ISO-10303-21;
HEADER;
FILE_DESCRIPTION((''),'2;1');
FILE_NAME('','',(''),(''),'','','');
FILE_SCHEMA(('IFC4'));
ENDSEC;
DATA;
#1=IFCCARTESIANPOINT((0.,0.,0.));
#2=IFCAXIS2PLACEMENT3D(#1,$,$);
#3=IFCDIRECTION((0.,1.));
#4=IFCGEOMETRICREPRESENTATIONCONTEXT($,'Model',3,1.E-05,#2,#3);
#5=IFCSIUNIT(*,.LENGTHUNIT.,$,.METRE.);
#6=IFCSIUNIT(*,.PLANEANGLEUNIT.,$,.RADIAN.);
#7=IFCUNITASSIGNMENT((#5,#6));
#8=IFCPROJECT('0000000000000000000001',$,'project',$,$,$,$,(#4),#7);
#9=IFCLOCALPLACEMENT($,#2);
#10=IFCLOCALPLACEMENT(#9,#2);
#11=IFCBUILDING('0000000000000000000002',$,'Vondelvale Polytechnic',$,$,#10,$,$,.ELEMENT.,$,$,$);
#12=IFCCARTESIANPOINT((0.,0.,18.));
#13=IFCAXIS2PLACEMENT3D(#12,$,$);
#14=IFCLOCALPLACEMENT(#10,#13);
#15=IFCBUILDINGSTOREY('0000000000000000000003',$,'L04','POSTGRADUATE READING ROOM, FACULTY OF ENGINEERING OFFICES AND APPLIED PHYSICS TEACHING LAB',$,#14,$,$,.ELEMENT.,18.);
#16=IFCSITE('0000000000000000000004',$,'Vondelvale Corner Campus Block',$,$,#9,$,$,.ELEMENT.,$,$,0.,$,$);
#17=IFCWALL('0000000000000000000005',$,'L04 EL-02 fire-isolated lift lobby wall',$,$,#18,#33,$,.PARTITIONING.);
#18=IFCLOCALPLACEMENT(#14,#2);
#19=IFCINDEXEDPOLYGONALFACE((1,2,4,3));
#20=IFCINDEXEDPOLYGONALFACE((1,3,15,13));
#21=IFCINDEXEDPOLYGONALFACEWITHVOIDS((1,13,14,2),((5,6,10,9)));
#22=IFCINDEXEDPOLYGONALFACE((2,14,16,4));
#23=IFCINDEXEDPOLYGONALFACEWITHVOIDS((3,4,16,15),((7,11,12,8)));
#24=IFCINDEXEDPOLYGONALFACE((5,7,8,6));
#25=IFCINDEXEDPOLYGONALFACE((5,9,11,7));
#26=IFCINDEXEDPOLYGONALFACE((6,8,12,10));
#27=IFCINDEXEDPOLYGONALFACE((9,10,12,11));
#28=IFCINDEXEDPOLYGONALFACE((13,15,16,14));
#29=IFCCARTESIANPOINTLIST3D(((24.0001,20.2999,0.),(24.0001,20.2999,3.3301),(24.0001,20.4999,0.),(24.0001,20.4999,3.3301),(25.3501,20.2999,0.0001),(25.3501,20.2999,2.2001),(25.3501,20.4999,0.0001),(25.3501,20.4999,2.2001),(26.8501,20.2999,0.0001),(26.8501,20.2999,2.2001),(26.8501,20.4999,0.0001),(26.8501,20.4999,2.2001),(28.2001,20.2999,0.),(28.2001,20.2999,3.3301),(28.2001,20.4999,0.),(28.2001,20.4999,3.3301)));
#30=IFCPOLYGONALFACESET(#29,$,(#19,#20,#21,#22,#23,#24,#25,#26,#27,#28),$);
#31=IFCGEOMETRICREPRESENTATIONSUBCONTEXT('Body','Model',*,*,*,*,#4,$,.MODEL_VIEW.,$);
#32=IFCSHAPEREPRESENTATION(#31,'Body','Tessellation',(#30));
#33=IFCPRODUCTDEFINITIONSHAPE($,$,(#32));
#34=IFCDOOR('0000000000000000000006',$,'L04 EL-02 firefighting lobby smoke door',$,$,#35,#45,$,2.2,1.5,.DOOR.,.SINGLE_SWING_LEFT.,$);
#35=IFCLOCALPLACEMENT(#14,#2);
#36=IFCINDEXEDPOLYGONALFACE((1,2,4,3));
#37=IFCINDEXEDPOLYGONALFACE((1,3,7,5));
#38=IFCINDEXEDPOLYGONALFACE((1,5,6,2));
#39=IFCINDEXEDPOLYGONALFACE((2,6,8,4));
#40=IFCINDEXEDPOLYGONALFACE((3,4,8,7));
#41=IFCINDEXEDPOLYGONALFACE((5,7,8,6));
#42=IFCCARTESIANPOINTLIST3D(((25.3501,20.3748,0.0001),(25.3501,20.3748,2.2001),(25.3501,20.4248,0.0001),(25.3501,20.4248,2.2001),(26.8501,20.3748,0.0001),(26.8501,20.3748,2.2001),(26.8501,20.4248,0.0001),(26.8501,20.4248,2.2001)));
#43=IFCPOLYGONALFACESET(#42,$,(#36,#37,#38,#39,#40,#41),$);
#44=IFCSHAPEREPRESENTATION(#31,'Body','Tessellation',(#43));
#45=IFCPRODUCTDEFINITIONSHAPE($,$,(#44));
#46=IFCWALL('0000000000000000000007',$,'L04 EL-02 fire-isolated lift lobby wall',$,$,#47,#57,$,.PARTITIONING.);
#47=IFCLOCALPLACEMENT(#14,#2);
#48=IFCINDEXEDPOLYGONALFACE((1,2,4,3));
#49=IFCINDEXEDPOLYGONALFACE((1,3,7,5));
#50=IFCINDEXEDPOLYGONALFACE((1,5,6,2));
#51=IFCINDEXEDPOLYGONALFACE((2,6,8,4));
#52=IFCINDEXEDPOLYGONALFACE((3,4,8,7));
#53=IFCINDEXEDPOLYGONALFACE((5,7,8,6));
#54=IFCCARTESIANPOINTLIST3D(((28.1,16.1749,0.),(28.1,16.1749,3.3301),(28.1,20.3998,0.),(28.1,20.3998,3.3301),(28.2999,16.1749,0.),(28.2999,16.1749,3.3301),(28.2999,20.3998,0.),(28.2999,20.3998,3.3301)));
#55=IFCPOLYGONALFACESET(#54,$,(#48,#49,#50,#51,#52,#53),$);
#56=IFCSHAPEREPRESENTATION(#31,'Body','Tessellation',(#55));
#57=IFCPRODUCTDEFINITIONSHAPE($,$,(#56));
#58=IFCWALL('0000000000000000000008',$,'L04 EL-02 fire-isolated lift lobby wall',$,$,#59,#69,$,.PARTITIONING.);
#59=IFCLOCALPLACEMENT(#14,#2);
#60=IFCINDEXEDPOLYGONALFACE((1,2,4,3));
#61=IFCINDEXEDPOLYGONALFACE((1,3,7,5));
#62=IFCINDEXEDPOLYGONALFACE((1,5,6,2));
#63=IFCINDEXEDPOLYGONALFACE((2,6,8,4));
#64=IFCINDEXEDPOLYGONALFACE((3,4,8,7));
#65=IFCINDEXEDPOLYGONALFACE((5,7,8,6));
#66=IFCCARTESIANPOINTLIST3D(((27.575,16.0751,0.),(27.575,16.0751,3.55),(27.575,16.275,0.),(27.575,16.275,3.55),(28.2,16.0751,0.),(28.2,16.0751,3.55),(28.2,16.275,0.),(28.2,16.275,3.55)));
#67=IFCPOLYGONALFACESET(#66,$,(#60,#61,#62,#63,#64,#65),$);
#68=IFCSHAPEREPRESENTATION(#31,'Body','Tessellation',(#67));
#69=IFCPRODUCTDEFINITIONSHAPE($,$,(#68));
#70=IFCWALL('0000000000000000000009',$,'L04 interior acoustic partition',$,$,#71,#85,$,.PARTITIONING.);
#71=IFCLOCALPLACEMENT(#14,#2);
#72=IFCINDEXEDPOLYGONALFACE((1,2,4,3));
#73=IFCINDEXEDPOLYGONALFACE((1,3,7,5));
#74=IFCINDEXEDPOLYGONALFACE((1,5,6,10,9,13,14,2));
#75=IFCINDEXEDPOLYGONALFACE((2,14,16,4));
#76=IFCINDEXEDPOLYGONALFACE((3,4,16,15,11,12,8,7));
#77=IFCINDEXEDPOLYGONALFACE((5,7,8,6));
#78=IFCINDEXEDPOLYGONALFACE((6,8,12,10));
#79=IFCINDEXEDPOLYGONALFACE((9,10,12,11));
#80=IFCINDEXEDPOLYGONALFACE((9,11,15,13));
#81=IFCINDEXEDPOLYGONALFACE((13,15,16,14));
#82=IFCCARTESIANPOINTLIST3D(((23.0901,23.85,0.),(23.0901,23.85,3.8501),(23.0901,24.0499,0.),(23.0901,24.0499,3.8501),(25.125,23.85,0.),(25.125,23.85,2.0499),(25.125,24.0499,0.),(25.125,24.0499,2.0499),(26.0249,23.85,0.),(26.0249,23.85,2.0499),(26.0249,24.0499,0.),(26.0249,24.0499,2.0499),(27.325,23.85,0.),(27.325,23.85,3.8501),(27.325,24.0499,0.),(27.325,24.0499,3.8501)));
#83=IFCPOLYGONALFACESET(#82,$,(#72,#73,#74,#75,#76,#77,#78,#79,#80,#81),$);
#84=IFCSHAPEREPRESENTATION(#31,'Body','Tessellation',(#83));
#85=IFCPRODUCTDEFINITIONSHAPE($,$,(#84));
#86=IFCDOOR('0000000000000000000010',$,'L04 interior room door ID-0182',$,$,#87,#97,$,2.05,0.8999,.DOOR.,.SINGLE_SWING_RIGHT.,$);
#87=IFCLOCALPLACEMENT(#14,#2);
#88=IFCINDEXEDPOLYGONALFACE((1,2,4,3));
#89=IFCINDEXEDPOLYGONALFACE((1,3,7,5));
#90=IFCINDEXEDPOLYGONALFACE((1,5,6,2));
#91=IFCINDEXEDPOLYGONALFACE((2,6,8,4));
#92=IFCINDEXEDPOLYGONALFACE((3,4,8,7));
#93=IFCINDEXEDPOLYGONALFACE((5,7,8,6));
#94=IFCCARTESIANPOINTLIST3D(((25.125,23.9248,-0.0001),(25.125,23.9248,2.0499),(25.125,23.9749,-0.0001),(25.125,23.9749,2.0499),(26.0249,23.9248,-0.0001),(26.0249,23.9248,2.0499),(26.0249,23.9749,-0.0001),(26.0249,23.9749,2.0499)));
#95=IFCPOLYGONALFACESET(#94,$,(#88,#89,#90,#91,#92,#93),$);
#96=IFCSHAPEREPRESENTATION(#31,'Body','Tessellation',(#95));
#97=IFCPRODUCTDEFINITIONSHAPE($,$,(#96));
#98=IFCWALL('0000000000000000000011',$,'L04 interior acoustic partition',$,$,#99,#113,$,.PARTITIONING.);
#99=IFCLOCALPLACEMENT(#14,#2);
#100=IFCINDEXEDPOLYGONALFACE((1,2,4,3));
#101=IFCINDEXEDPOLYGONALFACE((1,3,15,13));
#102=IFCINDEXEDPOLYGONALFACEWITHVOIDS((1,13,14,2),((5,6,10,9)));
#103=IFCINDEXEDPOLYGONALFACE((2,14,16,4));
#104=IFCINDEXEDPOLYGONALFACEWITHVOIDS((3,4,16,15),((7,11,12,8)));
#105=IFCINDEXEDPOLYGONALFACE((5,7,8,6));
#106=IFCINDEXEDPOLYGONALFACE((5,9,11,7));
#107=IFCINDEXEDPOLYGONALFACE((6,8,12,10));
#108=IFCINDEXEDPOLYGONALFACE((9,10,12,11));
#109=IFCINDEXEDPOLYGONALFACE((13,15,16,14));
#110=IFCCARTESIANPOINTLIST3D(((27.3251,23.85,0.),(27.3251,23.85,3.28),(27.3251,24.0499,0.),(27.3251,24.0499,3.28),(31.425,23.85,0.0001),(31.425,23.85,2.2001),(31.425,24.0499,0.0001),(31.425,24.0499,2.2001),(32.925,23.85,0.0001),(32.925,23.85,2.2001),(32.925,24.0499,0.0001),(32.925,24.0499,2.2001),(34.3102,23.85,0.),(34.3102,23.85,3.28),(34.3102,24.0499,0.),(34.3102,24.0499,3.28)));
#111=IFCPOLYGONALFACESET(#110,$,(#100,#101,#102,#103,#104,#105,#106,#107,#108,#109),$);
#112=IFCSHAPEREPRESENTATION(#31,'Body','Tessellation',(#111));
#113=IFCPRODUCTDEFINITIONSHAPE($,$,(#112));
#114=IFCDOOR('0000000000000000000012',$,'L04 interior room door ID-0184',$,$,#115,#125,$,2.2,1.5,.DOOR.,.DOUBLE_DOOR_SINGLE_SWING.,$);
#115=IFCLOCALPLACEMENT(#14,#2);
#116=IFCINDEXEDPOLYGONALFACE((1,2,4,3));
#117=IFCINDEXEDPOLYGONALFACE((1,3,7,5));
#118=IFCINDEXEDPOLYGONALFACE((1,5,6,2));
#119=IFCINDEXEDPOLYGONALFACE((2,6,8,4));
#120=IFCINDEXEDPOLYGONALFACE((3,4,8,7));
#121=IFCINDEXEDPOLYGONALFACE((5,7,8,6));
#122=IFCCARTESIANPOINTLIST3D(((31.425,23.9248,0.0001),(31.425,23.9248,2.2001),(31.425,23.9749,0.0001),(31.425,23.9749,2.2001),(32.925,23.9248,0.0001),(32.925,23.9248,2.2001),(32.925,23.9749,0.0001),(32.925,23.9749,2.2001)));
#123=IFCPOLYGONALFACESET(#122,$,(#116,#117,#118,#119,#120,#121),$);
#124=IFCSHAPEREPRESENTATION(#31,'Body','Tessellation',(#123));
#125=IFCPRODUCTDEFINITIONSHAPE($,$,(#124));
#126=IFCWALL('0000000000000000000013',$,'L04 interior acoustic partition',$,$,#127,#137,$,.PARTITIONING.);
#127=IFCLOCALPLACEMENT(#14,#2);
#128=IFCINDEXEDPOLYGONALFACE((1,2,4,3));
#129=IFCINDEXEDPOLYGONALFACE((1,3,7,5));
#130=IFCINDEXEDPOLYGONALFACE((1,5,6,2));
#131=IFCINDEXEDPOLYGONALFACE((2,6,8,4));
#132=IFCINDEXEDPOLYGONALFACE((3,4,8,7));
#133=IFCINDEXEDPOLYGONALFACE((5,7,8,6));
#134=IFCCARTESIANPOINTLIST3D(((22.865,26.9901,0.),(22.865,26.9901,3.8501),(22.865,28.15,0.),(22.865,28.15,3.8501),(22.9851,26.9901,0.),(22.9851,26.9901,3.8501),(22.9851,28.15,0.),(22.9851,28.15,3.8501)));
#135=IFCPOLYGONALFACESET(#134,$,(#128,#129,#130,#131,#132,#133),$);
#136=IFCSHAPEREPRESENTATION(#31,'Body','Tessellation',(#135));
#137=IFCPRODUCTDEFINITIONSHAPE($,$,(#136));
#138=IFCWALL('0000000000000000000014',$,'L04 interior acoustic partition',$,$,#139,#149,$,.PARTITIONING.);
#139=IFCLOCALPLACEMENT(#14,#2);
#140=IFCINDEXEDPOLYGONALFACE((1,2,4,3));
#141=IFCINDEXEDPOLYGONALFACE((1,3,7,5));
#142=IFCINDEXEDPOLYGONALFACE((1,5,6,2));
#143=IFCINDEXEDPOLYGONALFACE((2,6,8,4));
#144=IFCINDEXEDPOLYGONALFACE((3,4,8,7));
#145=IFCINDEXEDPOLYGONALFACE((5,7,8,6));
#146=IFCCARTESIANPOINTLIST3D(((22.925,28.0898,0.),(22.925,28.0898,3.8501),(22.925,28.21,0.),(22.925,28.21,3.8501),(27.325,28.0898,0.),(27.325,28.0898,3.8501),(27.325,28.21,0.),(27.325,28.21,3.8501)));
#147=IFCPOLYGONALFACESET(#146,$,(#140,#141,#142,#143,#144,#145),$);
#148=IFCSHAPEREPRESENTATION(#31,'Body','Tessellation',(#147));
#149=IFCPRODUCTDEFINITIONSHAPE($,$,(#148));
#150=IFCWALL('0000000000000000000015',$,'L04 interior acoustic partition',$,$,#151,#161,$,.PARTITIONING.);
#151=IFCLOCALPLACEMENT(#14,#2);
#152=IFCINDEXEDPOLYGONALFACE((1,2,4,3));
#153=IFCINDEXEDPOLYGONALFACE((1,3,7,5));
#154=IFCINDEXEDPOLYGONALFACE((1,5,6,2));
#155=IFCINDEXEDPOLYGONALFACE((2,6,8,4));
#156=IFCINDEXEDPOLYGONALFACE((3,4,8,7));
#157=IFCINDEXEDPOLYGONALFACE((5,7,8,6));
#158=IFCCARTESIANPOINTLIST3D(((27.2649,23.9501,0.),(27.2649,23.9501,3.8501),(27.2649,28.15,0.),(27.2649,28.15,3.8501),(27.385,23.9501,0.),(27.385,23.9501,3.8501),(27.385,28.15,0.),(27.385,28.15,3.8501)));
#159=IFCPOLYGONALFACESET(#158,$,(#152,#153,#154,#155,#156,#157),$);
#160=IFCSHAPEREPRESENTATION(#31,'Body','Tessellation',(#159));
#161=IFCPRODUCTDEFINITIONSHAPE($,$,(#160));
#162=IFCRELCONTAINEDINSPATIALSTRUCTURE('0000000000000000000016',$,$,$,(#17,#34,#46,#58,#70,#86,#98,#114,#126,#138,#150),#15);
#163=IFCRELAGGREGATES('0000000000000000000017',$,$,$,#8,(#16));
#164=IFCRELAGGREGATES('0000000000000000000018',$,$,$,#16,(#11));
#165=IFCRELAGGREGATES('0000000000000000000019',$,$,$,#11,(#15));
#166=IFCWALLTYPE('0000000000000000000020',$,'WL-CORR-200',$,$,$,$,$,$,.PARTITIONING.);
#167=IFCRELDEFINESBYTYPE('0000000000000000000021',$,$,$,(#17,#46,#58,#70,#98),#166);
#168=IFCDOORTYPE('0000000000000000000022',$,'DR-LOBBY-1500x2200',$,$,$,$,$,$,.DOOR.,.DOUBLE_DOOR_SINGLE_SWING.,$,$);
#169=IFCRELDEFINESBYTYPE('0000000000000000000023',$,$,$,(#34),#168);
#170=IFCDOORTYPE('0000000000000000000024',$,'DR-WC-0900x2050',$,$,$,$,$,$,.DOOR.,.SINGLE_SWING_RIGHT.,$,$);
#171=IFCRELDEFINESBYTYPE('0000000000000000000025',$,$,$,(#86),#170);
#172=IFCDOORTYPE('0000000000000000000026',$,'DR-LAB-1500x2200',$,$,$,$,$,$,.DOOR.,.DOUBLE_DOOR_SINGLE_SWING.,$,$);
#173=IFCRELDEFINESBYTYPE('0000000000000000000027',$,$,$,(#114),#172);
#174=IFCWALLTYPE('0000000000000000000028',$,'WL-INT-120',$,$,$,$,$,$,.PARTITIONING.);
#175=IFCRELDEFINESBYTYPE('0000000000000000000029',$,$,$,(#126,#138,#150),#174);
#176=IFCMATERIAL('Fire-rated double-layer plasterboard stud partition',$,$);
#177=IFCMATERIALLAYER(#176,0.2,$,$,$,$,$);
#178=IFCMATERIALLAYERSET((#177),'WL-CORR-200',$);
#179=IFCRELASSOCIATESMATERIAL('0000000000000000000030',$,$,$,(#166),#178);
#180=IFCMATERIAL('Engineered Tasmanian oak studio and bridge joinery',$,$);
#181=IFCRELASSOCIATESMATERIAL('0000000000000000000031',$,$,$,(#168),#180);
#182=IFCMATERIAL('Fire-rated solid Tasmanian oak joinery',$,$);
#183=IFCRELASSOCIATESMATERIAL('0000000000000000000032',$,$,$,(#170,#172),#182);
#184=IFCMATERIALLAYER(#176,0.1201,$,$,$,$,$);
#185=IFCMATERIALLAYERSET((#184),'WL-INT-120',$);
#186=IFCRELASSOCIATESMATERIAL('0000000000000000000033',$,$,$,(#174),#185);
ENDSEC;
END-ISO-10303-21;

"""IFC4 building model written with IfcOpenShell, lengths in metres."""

from ifc_helpers import new_model, si_unit, direction, frame, frame_2d, origin, place, context, subcontext, project, spatial, rectangle, extrude, material, layer, layer_set, type_object, element, fill, save


model = new_model("IFC4")

# Units and contexts
model_context = context("Model", 3, precision=1e-05, world=origin(), true_north=direction((0.0, 1.0)))
body_context = subcontext(model_context, "Body", "Model", "MODEL_VIEW")
ifc_project = project(units=[si_unit("LENGTHUNIT", "METRE"), si_unit("PLANEANGLEUNIT", "RADIAN")], contexts=[model_context])

# Site, building, storey
site_placement = place(None, origin())
site = spatial("IfcSite", under=ifc_project, at=site_placement, Name="Vondelvale Corner Campus Block", CompositionType="ELEMENT", RefElevation=0.0)
building_placement = place(site_placement, origin())
building = spatial("IfcBuilding", under=site, at=building_placement, Name="Vondelvale Polytechnic", CompositionType="ELEMENT")
storey_placement = place(building_placement, frame((0.0, 0.0, 18.0)))
storey = spatial("IfcBuildingStorey", under=building, at=storey_placement, Name="L04", Description="POSTGRADUATE READING ROOM, FACULTY OF ENGINEERING OFFICES AND APPLIED PHYSICS TEACHING LAB", CompositionType="ELEMENT", Elevation=18.0)

# Wall, opening, door
ifc_material_1 = material(Name="Fire-rated double-layer plasterboard stud partition")
ifc_layer_1 = layer(ifc_material_1, 0.2)
ifc_layer_set_1 = layer_set([ifc_layer_1], Name="WL-CORR-200")
wall_type_1 = type_object("IfcWallType", Name="WL-CORR-200", PredefinedType="PARTITIONING", material=ifc_layer_set_1)
wall_1_placement = place(storey_placement, frame((24.0, 20.3999, 0.0), z_axis=(0.0, 0.0, 1.0), x_axis=(1.0, 0.0, 0.0)))
wall_1 = element("IfcWall", 1, at=wall_1_placement, inside=storey, type_object=wall_type_1, Name="L04 EL-02 fire-isolated lift lobby wall", PredefinedType="PARTITIONING", context=body_context, shape_type="SweptSolid", body=[
    extrude(rectangle(XDim=4.2, YDim=0.2, at=frame_2d((2.1001, 0.0))), origin(), (0.0, 0.0, 1.0), 3.3301),
])
opening_1_placement = place(wall_1_placement, frame((1.3501, 0.0, 0.0)))
opening_1 = element("IfcOpeningElement", 2, at=opening_1_placement, cuts=wall_1, PredefinedType="OPENING", context=body_context, shape_type="SweptSolid", body=[
    extrude(rectangle(XDim=1.5, YDim=2.2, at=frame_2d((0.75, 1.1001))), frame((0.0, 0.1099, 0.0), z_axis=(0.0, -1.0, 0.0), x_axis=(1.0, 0.0, 0.0)), (0.0, 0.0, 1.0), 0.22),
])
ifc_material_2 = material(Name="Engineered Tasmanian oak studio and bridge joinery")
door_type_1 = type_object("IfcDoorType", Name="DR-LOBBY-1500x2200", OperationType="DOUBLE_DOOR_SINGLE_SWING", PredefinedType="DOOR", material=ifc_material_2)
door_1_placement = place(opening_1_placement, origin())
door_1 = element("IfcDoor", 3, at=door_1_placement, inside=storey, type_object=door_type_1, Name="L04 EL-02 firefighting lobby smoke door", OperationType="SINGLE_SWING_LEFT", OverallHeight=2.2, OverallWidth=1.5, PredefinedType="DOOR", context=body_context, shape_type="SweptSolid", body=[
    extrude(rectangle(XDim=1.5, YDim=2.2, at=frame_2d((0.75, 1.1001))), frame((0.0, 0.0249, 0.0), z_axis=(0.0, -1.0, 0.0), x_axis=(1.0, 0.0, 0.0)), (0.0, 0.0, 1.0), 0.05),
])
fill(opening_1, door_1)

# Walls
wall_2_placement = place(storey_placement, frame((28.2, 16.175, 0.0), z_axis=(0.0, 0.0, 1.0), x_axis=(0.0, 1.0, 0.0)))
element("IfcWall", 4, at=wall_2_placement, inside=storey, type_object=wall_type_1, Name="L04 EL-02 fire-isolated lift lobby wall", PredefinedType="PARTITIONING", context=body_context, shape_type="SweptSolid", body=[
    extrude(rectangle(XDim=4.2249, YDim=0.2, at=frame_2d((2.1123, 0.0))), origin(), (0.0, 0.0, 1.0), 3.3301),
])
wall_3_placement = place(storey_placement, frame((27.575, 16.175, 0.0), z_axis=(0.0, 0.0, 1.0), x_axis=(1.0, 0.0, 0.0)))
element("IfcWall", 5, at=wall_3_placement, inside=storey, type_object=wall_type_1, Name="L04 EL-02 fire-isolated lift lobby wall", PredefinedType="PARTITIONING", context=body_context, shape_type="SweptSolid", body=[
    extrude(rectangle(XDim=0.625, YDim=0.2, at=frame_2d((0.3125, 0.0))), origin(), (0.0, 0.0, 1.0), 3.55),
])

# Walls, openings, doors
ifc_material_3 = material(Name="Fire-rated solid Tasmanian oak joinery")
wall_4_placement = place(storey_placement, frame((23.0901, 23.95, 0.0), z_axis=(0.0, 0.0, 1.0), x_axis=(1.0, 0.0, 0.0)))
wall_4 = element("IfcWall", 6, at=wall_4_placement, inside=storey, type_object=wall_type_1, Name="L04 interior acoustic partition", PredefinedType="PARTITIONING", context=body_context, shape_type="SweptSolid", body=[
    extrude(rectangle(XDim=4.2349, YDim=0.2, at=frame_2d((2.1174, 0.0))), origin(), (0.0, 0.0, 1.0), 3.8501),
])
opening_2_placement = place(wall_4_placement, frame((2.0349, 0.0, 0.0)))
opening_2 = element("IfcOpeningElement", 7, at=opening_2_placement, cuts=wall_4, PredefinedType="OPENING", context=body_context, shape_type="SweptSolid", body=[
    extrude(rectangle(XDim=0.8999, YDim=2.05, at=frame_2d((0.45, 1.0249))), frame((0.0, 0.1099, 0.0), z_axis=(0.0, -1.0, 0.0), x_axis=(1.0, 0.0, 0.0)), (0.0, 0.0, 1.0), 0.22),
])
door_type_2 = type_object("IfcDoorType", Name="DR-WC-0900x2050", OperationType="SINGLE_SWING_RIGHT", PredefinedType="DOOR", material=ifc_material_3)
door_2_placement = place(opening_2_placement, origin())
door_2 = element("IfcDoor", 8, at=door_2_placement, inside=storey, type_object=door_type_2, Name="L04 interior room door ID-0182", OperationType="SINGLE_SWING_RIGHT", OverallHeight=2.05, OverallWidth=0.8999, PredefinedType="DOOR", context=body_context, shape_type="SweptSolid", body=[
    extrude(rectangle(XDim=0.8999, YDim=2.05, at=frame_2d((0.45, 1.0249))), frame((0.0, 0.0249, 0.0), z_axis=(0.0, -1.0, 0.0), x_axis=(1.0, 0.0, 0.0)), (0.0, 0.0, 1.0), 0.05),
])
fill(opening_2, door_2)
wall_5_placement = place(storey_placement, frame((27.325, 23.95, 0.0), z_axis=(0.0, 0.0, 1.0), x_axis=(1.0, 0.0, 0.0)))
wall_5 = element("IfcWall", 9, at=wall_5_placement, inside=storey, type_object=wall_type_1, Name="L04 interior acoustic partition", PredefinedType="PARTITIONING", context=body_context, shape_type="SweptSolid", body=[
    extrude(rectangle(XDim=6.9851, YDim=0.2, at=frame_2d((3.4927, 0.0))), origin(), (0.0, 0.0, 1.0), 3.28),
])
opening_3_placement = place(wall_5_placement, frame((4.1001, 0.0, 0.0)))
opening_3 = element("IfcOpeningElement", 10, at=opening_3_placement, cuts=wall_5, PredefinedType="OPENING", context=body_context, shape_type="SweptSolid", body=[
    extrude(rectangle(XDim=1.5, YDim=2.2, at=frame_2d((0.75, 1.1001))), frame((0.0, 0.1099, 0.0), z_axis=(0.0, -1.0, 0.0), x_axis=(1.0, 0.0, 0.0)), (0.0, 0.0, 1.0), 0.22),
])
door_type_3 = type_object("IfcDoorType", Name="DR-LAB-1500x2200", OperationType="DOUBLE_DOOR_SINGLE_SWING", PredefinedType="DOOR", material=ifc_material_3)
door_3_placement = place(opening_3_placement, origin())
door_3 = element("IfcDoor", 11, at=door_3_placement, inside=storey, type_object=door_type_3, Name="L04 interior room door ID-0184", OperationType="DOUBLE_DOOR_SINGLE_SWING", OverallHeight=2.2, OverallWidth=1.5, PredefinedType="DOOR", context=body_context, shape_type="SweptSolid", body=[
    extrude(rectangle(XDim=1.5, YDim=2.2, at=frame_2d((0.75, 1.1001))), frame((0.0, 0.0249, 0.0), z_axis=(0.0, -1.0, 0.0), x_axis=(1.0, 0.0, 0.0)), (0.0, 0.0, 1.0), 0.05),
])
fill(opening_3, door_3)

# Walls
ifc_layer_2 = layer(ifc_material_1, 0.1201)
ifc_layer_set_2 = layer_set([ifc_layer_2], Name="WL-INT-120")
wall_type_2 = type_object("IfcWallType", Name="WL-INT-120", PredefinedType="PARTITIONING", material=ifc_layer_set_2)
wall_6_placement = place(storey_placement, frame((22.925, 26.99, 0.0), z_axis=(0.0, 0.0, 1.0), x_axis=(0.0, 1.0, 0.0)))
element("IfcWall", 12, at=wall_6_placement, inside=storey, type_object=wall_type_2, Name="L04 interior acoustic partition", PredefinedType="PARTITIONING", context=body_context, shape_type="SweptSolid", body=[
    extrude(rectangle(XDim=1.1599, YDim=0.1201, at=frame_2d((0.5801, 0.0))), origin(), (0.0, 0.0, 1.0), 3.8501),
])
wall_7_placement = place(storey_placement, frame((22.925, 28.1499, 0.0), z_axis=(0.0, 0.0, 1.0), x_axis=(1.0, 0.0, 0.0)))
element("IfcWall", 13, at=wall_7_placement, inside=storey, type_object=wall_type_2, Name="L04 interior acoustic partition", PredefinedType="PARTITIONING", context=body_context, shape_type="SweptSolid", body=[
    extrude(rectangle(XDim=4.3999, YDim=0.1201, at=frame_2d((2.2, 0.0))), origin(), (0.0, 0.0, 1.0), 3.8501),
])
wall_8_placement = place(storey_placement, frame((27.325, 23.95, 0.0), z_axis=(0.0, 0.0, 1.0), x_axis=(0.0, 1.0, 0.0)))
element("IfcWall", 14, at=wall_8_placement, inside=storey, type_object=wall_type_2, Name="L04 interior acoustic partition", PredefinedType="PARTITIONING", context=body_context, shape_type="SweptSolid", body=[
    extrude(rectangle(XDim=4.2, YDim=0.1201, at=frame_2d((2.1001, 0.0))), origin(), (0.0, 0.0, 1.0), 3.8501),
])

save(model, "model.ifc")
